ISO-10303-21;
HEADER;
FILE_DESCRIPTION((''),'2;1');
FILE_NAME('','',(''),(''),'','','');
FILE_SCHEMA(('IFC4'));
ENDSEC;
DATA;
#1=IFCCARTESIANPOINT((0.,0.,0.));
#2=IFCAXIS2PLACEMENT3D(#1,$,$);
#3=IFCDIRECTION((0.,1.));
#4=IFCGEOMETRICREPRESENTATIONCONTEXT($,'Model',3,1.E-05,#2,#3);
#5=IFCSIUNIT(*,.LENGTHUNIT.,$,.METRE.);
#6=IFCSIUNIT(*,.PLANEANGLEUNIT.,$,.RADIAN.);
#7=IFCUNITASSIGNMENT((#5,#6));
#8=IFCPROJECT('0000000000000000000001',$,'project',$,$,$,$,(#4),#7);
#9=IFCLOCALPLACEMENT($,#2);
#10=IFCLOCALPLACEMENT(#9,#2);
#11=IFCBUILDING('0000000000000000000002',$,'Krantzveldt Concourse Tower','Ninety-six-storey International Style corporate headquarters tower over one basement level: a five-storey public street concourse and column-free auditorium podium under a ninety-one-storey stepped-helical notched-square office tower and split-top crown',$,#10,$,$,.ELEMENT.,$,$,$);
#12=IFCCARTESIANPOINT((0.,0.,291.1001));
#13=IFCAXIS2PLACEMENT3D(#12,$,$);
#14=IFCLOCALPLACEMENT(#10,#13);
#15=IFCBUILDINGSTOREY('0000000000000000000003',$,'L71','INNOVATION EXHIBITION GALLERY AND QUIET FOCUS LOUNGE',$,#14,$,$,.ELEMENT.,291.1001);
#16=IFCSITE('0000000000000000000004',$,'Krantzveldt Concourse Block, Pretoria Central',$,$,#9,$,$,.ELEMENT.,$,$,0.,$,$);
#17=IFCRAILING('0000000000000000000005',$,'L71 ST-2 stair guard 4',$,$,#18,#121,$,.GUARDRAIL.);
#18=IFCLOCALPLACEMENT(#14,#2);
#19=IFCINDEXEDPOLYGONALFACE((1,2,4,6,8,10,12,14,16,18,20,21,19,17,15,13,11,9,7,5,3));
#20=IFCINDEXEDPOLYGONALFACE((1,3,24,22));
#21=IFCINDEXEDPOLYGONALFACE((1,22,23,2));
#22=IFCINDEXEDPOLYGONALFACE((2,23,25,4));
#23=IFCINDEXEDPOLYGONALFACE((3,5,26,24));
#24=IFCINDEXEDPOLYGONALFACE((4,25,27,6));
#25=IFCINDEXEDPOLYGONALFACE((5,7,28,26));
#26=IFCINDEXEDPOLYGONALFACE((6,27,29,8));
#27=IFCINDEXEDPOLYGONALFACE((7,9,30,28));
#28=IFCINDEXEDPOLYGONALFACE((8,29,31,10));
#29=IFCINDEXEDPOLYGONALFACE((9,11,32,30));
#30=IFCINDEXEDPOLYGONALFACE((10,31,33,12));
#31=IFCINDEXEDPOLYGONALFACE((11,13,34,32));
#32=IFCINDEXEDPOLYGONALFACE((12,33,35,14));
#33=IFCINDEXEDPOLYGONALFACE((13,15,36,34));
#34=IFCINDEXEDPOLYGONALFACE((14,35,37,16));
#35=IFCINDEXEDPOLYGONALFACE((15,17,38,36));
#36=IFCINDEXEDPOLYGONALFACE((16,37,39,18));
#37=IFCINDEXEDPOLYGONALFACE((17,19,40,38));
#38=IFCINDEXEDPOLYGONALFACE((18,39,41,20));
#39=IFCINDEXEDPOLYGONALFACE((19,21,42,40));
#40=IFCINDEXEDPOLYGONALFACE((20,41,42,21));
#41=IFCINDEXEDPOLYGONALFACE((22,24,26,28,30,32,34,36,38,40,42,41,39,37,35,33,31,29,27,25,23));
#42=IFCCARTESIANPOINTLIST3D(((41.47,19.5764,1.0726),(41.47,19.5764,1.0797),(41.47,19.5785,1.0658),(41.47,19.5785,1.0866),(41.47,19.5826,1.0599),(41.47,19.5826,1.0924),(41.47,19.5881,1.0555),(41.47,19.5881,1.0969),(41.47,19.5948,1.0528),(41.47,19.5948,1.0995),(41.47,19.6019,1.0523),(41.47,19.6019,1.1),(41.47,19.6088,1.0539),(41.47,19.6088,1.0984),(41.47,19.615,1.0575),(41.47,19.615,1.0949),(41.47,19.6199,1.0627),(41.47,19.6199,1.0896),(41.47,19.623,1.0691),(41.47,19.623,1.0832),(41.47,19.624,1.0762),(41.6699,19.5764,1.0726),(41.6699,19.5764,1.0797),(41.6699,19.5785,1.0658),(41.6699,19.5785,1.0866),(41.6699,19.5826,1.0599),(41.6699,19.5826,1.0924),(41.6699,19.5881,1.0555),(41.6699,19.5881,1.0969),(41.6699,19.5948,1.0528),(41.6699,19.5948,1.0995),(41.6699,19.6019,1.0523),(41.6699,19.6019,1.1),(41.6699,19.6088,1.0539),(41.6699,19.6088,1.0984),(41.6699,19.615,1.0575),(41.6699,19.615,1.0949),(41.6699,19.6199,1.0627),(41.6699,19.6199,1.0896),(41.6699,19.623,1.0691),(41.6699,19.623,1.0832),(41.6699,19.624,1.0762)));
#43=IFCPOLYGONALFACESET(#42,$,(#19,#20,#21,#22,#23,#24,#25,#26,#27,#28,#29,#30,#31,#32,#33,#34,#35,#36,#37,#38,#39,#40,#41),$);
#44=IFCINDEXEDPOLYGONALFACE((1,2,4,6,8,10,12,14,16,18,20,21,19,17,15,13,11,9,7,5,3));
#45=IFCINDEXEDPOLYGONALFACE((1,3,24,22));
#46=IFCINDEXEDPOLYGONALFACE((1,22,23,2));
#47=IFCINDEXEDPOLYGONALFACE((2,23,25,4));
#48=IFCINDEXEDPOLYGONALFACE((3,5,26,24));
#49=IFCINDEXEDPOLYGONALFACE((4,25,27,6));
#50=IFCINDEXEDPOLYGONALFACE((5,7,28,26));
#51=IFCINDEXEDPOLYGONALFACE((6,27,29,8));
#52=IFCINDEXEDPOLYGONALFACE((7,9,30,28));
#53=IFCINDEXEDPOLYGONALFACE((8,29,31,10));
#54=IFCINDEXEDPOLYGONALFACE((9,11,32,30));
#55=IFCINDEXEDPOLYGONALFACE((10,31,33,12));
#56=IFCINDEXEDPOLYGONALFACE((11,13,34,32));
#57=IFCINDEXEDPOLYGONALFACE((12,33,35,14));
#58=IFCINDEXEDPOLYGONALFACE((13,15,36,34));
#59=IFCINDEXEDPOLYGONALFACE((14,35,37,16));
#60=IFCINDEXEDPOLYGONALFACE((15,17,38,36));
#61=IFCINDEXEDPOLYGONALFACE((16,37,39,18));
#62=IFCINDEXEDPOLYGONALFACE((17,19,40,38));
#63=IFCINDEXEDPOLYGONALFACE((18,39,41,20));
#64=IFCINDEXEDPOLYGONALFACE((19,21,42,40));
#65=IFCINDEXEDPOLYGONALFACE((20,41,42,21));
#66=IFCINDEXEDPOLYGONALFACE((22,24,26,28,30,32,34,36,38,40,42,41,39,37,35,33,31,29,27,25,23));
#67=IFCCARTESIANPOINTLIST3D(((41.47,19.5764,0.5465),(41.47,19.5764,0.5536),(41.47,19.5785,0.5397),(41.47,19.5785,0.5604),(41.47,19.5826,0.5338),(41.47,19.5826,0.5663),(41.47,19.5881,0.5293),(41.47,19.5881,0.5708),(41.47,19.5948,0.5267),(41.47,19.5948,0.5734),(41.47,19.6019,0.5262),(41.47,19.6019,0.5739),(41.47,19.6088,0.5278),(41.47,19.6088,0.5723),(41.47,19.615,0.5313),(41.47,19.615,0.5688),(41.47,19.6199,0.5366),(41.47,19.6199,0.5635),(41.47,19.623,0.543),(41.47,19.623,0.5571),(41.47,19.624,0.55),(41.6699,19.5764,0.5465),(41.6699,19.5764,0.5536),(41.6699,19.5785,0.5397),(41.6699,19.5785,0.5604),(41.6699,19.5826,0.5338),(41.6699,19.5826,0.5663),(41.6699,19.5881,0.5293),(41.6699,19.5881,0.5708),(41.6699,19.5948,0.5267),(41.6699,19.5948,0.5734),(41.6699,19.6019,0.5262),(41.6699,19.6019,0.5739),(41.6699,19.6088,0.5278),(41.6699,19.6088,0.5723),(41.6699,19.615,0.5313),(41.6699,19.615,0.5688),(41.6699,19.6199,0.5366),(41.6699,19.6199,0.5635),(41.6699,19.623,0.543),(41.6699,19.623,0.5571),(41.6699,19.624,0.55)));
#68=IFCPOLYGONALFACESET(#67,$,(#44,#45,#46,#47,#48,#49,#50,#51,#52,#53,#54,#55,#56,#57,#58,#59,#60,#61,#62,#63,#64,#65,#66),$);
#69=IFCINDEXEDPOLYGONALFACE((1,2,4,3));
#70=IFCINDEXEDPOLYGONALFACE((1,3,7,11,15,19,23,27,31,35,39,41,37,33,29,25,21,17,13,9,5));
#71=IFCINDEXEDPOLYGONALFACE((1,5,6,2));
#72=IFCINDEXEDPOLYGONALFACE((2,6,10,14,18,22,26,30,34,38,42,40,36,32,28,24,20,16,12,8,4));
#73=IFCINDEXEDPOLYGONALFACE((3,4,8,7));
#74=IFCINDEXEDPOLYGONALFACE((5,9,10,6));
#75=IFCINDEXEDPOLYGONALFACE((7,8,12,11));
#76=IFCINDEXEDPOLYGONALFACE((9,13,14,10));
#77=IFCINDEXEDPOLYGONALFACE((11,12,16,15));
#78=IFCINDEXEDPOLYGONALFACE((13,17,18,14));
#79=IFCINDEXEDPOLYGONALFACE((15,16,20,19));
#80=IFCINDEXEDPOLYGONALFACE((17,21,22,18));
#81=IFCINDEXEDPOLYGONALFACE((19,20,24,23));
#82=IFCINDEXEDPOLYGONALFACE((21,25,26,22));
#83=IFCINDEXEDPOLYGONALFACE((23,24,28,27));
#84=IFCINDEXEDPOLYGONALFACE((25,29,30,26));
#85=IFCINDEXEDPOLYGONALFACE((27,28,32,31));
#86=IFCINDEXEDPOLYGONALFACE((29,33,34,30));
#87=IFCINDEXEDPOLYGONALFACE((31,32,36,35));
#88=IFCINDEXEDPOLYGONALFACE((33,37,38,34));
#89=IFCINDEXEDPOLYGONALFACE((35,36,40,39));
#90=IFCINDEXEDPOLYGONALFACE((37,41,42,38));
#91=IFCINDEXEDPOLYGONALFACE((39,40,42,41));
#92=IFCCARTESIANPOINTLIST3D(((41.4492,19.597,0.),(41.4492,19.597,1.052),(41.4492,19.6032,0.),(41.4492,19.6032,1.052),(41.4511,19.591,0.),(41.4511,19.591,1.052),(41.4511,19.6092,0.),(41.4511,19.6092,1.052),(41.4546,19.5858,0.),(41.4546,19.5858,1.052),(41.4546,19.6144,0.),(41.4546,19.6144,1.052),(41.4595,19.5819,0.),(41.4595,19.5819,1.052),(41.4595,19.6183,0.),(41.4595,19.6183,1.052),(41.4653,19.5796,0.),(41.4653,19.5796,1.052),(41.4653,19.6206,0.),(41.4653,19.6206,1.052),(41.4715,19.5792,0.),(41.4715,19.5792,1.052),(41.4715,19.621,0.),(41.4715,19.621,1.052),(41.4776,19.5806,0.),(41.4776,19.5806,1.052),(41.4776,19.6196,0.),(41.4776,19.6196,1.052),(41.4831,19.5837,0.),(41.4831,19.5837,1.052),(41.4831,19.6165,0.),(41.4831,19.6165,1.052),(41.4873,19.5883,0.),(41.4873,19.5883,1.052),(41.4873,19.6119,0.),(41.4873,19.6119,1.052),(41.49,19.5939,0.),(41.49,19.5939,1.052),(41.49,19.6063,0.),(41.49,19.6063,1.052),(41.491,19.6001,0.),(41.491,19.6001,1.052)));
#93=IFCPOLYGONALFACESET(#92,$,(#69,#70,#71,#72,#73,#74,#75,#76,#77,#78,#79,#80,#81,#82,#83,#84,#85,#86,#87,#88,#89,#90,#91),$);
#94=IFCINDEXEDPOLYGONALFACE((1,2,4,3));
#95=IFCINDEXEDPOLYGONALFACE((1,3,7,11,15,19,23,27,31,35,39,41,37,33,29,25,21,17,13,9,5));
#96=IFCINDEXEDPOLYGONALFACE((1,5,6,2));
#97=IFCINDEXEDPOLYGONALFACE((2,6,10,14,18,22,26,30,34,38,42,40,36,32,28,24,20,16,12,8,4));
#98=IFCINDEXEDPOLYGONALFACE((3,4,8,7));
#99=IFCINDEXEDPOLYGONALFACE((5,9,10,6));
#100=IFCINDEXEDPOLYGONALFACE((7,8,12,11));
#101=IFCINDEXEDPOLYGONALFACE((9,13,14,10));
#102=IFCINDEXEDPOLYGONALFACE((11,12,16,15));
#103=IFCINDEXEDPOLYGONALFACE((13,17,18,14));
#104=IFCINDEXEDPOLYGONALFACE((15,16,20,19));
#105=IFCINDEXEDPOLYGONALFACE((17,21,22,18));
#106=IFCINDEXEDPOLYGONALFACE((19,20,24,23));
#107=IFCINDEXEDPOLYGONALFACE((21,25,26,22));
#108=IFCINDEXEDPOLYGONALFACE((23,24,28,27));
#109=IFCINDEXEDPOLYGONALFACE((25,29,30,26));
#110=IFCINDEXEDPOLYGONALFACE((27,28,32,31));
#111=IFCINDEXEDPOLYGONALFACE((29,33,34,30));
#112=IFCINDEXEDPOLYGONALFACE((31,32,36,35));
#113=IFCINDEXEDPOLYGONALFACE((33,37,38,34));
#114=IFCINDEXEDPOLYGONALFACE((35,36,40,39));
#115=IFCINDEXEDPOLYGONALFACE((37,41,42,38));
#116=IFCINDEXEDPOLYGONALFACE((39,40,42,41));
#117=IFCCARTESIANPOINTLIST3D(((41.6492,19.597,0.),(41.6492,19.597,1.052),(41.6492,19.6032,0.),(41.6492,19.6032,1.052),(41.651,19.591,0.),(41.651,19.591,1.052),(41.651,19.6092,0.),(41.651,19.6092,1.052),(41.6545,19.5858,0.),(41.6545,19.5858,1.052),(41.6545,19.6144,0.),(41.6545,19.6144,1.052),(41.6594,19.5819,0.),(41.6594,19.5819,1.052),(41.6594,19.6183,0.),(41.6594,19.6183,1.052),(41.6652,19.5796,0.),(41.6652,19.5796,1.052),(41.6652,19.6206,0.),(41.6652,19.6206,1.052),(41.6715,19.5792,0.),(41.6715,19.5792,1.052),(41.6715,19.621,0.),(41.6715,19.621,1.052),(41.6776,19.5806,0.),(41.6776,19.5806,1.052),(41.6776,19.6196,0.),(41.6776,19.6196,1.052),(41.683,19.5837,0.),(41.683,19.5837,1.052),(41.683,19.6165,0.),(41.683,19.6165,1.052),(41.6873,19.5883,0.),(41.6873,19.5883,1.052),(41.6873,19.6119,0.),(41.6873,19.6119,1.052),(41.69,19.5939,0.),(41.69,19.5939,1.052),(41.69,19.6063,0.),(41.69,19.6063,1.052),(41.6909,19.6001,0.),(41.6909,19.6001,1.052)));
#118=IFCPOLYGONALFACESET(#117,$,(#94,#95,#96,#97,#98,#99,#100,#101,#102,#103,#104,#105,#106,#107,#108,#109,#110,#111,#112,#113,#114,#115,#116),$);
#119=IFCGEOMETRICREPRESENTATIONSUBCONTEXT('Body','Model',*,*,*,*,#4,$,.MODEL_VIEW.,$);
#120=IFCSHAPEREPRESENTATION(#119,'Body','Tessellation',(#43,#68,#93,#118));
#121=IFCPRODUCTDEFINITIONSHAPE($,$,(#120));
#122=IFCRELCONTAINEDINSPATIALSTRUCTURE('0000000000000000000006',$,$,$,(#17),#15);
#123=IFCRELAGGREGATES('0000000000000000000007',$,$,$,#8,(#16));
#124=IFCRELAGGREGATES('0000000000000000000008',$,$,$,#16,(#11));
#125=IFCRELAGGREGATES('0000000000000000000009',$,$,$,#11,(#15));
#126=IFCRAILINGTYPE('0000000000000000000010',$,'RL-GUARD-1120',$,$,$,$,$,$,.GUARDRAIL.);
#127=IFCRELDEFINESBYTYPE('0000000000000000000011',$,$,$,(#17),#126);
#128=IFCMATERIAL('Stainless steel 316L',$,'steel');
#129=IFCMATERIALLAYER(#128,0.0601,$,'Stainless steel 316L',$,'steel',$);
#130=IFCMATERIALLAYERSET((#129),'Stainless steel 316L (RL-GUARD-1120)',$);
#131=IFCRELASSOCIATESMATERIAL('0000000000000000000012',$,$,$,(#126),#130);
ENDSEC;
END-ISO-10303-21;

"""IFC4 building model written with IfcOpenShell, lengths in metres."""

from ifc_helpers import new_model, si_unit, direction, frame, origin, origin_2d, place, context, subcontext, project, spatial, circle, extrude, material, layer, layer_set, type_object, element, save


model = new_model("IFC4")

# Units and contexts
model_context = context("Model", 3, precision=1e-05, world=origin(), true_north=direction((0.0, 1.0)))
body_context = subcontext(model_context, "Body", "Model", "MODEL_VIEW")
ifc_project = project(units=[si_unit("LENGTHUNIT", "METRE"), si_unit("PLANEANGLEUNIT", "RADIAN")], contexts=[model_context])

# Site, building, storey
site_placement = place(None, origin())
site = spatial("IfcSite", under=ifc_project, at=site_placement, Name="Krantzveldt Concourse Block, Pretoria Central", CompositionType="ELEMENT", RefElevation=0.0)
building_placement = place(site_placement, origin())
building = spatial("IfcBuilding", under=site, at=building_placement, Name="Krantzveldt Concourse Tower", Description="Ninety-six-storey International Style corporate headquarters tower over one basement level: a five-storey public street concourse and column-free auditorium podium under a ninety-one-storey stepped-helical notched-square office tower and split-top crown", CompositionType="ELEMENT")
storey_placement = place(building_placement, frame((0.0, 0.0, 291.1001)))
storey = spatial("IfcBuildingStorey", under=building, at=storey_placement, Name="L71", Description="INNOVATION EXHIBITION GALLERY AND QUIET FOCUS LOUNGE", CompositionType="ELEMENT", Elevation=291.1001)

# Shared definitions
ifc_material_1 = material(Name="Stainless steel 316L", Category="steel")

# Railing
ifc_layer_1 = layer(ifc_material_1, 0.0601, Name="Stainless steel 316L", Category="steel")
ifc_layer_set_1 = layer_set([ifc_layer_1], Name="Stainless steel 316L (RL-GUARD-1120)")
railing_type_1 = type_object("IfcRailingType", Name="RL-GUARD-1120", PredefinedType="GUARDRAIL", material=ifc_layer_set_1)
for number, where, name in (
    (1, (41.47, 19.6001, 0.0), "L71 ST-2 stair guard 4"),
):
    element("IfcRailing", number, at=place(storey_placement, frame(where)), inside=storey, type_object=railing_type_1, Name=name, PredefinedType="GUARDRAIL", context=body_context, shape_type="SweptSolid", body=[
        extrude(circle(Radius=0.0239, at=origin_2d()), frame((0.0, 0.0, 1.0762), z_axis=(1.0, 0.0, 0.0), x_axis=(0.0, 1.0, 0.0)), (0.0, 0.0, 1.0), 0.2),
        extrude(circle(Radius=0.0239, at=origin_2d()), frame((0.0, 0.0, 0.55), z_axis=(1.0, 0.0, 0.0), x_axis=(0.0, 1.0, 0.0)), (0.0, 0.0, 1.0), 0.2),
        extrude(circle(Radius=0.021, at=origin_2d()), origin(), (0.0, 0.0, 1.0), 1.052),
        extrude(circle(Radius=0.021, at=origin_2d()), frame((0.2, 0.0, 0.0)), (0.0, 0.0, 1.0), 1.052),
    ])

save(model, "model.ifc")
